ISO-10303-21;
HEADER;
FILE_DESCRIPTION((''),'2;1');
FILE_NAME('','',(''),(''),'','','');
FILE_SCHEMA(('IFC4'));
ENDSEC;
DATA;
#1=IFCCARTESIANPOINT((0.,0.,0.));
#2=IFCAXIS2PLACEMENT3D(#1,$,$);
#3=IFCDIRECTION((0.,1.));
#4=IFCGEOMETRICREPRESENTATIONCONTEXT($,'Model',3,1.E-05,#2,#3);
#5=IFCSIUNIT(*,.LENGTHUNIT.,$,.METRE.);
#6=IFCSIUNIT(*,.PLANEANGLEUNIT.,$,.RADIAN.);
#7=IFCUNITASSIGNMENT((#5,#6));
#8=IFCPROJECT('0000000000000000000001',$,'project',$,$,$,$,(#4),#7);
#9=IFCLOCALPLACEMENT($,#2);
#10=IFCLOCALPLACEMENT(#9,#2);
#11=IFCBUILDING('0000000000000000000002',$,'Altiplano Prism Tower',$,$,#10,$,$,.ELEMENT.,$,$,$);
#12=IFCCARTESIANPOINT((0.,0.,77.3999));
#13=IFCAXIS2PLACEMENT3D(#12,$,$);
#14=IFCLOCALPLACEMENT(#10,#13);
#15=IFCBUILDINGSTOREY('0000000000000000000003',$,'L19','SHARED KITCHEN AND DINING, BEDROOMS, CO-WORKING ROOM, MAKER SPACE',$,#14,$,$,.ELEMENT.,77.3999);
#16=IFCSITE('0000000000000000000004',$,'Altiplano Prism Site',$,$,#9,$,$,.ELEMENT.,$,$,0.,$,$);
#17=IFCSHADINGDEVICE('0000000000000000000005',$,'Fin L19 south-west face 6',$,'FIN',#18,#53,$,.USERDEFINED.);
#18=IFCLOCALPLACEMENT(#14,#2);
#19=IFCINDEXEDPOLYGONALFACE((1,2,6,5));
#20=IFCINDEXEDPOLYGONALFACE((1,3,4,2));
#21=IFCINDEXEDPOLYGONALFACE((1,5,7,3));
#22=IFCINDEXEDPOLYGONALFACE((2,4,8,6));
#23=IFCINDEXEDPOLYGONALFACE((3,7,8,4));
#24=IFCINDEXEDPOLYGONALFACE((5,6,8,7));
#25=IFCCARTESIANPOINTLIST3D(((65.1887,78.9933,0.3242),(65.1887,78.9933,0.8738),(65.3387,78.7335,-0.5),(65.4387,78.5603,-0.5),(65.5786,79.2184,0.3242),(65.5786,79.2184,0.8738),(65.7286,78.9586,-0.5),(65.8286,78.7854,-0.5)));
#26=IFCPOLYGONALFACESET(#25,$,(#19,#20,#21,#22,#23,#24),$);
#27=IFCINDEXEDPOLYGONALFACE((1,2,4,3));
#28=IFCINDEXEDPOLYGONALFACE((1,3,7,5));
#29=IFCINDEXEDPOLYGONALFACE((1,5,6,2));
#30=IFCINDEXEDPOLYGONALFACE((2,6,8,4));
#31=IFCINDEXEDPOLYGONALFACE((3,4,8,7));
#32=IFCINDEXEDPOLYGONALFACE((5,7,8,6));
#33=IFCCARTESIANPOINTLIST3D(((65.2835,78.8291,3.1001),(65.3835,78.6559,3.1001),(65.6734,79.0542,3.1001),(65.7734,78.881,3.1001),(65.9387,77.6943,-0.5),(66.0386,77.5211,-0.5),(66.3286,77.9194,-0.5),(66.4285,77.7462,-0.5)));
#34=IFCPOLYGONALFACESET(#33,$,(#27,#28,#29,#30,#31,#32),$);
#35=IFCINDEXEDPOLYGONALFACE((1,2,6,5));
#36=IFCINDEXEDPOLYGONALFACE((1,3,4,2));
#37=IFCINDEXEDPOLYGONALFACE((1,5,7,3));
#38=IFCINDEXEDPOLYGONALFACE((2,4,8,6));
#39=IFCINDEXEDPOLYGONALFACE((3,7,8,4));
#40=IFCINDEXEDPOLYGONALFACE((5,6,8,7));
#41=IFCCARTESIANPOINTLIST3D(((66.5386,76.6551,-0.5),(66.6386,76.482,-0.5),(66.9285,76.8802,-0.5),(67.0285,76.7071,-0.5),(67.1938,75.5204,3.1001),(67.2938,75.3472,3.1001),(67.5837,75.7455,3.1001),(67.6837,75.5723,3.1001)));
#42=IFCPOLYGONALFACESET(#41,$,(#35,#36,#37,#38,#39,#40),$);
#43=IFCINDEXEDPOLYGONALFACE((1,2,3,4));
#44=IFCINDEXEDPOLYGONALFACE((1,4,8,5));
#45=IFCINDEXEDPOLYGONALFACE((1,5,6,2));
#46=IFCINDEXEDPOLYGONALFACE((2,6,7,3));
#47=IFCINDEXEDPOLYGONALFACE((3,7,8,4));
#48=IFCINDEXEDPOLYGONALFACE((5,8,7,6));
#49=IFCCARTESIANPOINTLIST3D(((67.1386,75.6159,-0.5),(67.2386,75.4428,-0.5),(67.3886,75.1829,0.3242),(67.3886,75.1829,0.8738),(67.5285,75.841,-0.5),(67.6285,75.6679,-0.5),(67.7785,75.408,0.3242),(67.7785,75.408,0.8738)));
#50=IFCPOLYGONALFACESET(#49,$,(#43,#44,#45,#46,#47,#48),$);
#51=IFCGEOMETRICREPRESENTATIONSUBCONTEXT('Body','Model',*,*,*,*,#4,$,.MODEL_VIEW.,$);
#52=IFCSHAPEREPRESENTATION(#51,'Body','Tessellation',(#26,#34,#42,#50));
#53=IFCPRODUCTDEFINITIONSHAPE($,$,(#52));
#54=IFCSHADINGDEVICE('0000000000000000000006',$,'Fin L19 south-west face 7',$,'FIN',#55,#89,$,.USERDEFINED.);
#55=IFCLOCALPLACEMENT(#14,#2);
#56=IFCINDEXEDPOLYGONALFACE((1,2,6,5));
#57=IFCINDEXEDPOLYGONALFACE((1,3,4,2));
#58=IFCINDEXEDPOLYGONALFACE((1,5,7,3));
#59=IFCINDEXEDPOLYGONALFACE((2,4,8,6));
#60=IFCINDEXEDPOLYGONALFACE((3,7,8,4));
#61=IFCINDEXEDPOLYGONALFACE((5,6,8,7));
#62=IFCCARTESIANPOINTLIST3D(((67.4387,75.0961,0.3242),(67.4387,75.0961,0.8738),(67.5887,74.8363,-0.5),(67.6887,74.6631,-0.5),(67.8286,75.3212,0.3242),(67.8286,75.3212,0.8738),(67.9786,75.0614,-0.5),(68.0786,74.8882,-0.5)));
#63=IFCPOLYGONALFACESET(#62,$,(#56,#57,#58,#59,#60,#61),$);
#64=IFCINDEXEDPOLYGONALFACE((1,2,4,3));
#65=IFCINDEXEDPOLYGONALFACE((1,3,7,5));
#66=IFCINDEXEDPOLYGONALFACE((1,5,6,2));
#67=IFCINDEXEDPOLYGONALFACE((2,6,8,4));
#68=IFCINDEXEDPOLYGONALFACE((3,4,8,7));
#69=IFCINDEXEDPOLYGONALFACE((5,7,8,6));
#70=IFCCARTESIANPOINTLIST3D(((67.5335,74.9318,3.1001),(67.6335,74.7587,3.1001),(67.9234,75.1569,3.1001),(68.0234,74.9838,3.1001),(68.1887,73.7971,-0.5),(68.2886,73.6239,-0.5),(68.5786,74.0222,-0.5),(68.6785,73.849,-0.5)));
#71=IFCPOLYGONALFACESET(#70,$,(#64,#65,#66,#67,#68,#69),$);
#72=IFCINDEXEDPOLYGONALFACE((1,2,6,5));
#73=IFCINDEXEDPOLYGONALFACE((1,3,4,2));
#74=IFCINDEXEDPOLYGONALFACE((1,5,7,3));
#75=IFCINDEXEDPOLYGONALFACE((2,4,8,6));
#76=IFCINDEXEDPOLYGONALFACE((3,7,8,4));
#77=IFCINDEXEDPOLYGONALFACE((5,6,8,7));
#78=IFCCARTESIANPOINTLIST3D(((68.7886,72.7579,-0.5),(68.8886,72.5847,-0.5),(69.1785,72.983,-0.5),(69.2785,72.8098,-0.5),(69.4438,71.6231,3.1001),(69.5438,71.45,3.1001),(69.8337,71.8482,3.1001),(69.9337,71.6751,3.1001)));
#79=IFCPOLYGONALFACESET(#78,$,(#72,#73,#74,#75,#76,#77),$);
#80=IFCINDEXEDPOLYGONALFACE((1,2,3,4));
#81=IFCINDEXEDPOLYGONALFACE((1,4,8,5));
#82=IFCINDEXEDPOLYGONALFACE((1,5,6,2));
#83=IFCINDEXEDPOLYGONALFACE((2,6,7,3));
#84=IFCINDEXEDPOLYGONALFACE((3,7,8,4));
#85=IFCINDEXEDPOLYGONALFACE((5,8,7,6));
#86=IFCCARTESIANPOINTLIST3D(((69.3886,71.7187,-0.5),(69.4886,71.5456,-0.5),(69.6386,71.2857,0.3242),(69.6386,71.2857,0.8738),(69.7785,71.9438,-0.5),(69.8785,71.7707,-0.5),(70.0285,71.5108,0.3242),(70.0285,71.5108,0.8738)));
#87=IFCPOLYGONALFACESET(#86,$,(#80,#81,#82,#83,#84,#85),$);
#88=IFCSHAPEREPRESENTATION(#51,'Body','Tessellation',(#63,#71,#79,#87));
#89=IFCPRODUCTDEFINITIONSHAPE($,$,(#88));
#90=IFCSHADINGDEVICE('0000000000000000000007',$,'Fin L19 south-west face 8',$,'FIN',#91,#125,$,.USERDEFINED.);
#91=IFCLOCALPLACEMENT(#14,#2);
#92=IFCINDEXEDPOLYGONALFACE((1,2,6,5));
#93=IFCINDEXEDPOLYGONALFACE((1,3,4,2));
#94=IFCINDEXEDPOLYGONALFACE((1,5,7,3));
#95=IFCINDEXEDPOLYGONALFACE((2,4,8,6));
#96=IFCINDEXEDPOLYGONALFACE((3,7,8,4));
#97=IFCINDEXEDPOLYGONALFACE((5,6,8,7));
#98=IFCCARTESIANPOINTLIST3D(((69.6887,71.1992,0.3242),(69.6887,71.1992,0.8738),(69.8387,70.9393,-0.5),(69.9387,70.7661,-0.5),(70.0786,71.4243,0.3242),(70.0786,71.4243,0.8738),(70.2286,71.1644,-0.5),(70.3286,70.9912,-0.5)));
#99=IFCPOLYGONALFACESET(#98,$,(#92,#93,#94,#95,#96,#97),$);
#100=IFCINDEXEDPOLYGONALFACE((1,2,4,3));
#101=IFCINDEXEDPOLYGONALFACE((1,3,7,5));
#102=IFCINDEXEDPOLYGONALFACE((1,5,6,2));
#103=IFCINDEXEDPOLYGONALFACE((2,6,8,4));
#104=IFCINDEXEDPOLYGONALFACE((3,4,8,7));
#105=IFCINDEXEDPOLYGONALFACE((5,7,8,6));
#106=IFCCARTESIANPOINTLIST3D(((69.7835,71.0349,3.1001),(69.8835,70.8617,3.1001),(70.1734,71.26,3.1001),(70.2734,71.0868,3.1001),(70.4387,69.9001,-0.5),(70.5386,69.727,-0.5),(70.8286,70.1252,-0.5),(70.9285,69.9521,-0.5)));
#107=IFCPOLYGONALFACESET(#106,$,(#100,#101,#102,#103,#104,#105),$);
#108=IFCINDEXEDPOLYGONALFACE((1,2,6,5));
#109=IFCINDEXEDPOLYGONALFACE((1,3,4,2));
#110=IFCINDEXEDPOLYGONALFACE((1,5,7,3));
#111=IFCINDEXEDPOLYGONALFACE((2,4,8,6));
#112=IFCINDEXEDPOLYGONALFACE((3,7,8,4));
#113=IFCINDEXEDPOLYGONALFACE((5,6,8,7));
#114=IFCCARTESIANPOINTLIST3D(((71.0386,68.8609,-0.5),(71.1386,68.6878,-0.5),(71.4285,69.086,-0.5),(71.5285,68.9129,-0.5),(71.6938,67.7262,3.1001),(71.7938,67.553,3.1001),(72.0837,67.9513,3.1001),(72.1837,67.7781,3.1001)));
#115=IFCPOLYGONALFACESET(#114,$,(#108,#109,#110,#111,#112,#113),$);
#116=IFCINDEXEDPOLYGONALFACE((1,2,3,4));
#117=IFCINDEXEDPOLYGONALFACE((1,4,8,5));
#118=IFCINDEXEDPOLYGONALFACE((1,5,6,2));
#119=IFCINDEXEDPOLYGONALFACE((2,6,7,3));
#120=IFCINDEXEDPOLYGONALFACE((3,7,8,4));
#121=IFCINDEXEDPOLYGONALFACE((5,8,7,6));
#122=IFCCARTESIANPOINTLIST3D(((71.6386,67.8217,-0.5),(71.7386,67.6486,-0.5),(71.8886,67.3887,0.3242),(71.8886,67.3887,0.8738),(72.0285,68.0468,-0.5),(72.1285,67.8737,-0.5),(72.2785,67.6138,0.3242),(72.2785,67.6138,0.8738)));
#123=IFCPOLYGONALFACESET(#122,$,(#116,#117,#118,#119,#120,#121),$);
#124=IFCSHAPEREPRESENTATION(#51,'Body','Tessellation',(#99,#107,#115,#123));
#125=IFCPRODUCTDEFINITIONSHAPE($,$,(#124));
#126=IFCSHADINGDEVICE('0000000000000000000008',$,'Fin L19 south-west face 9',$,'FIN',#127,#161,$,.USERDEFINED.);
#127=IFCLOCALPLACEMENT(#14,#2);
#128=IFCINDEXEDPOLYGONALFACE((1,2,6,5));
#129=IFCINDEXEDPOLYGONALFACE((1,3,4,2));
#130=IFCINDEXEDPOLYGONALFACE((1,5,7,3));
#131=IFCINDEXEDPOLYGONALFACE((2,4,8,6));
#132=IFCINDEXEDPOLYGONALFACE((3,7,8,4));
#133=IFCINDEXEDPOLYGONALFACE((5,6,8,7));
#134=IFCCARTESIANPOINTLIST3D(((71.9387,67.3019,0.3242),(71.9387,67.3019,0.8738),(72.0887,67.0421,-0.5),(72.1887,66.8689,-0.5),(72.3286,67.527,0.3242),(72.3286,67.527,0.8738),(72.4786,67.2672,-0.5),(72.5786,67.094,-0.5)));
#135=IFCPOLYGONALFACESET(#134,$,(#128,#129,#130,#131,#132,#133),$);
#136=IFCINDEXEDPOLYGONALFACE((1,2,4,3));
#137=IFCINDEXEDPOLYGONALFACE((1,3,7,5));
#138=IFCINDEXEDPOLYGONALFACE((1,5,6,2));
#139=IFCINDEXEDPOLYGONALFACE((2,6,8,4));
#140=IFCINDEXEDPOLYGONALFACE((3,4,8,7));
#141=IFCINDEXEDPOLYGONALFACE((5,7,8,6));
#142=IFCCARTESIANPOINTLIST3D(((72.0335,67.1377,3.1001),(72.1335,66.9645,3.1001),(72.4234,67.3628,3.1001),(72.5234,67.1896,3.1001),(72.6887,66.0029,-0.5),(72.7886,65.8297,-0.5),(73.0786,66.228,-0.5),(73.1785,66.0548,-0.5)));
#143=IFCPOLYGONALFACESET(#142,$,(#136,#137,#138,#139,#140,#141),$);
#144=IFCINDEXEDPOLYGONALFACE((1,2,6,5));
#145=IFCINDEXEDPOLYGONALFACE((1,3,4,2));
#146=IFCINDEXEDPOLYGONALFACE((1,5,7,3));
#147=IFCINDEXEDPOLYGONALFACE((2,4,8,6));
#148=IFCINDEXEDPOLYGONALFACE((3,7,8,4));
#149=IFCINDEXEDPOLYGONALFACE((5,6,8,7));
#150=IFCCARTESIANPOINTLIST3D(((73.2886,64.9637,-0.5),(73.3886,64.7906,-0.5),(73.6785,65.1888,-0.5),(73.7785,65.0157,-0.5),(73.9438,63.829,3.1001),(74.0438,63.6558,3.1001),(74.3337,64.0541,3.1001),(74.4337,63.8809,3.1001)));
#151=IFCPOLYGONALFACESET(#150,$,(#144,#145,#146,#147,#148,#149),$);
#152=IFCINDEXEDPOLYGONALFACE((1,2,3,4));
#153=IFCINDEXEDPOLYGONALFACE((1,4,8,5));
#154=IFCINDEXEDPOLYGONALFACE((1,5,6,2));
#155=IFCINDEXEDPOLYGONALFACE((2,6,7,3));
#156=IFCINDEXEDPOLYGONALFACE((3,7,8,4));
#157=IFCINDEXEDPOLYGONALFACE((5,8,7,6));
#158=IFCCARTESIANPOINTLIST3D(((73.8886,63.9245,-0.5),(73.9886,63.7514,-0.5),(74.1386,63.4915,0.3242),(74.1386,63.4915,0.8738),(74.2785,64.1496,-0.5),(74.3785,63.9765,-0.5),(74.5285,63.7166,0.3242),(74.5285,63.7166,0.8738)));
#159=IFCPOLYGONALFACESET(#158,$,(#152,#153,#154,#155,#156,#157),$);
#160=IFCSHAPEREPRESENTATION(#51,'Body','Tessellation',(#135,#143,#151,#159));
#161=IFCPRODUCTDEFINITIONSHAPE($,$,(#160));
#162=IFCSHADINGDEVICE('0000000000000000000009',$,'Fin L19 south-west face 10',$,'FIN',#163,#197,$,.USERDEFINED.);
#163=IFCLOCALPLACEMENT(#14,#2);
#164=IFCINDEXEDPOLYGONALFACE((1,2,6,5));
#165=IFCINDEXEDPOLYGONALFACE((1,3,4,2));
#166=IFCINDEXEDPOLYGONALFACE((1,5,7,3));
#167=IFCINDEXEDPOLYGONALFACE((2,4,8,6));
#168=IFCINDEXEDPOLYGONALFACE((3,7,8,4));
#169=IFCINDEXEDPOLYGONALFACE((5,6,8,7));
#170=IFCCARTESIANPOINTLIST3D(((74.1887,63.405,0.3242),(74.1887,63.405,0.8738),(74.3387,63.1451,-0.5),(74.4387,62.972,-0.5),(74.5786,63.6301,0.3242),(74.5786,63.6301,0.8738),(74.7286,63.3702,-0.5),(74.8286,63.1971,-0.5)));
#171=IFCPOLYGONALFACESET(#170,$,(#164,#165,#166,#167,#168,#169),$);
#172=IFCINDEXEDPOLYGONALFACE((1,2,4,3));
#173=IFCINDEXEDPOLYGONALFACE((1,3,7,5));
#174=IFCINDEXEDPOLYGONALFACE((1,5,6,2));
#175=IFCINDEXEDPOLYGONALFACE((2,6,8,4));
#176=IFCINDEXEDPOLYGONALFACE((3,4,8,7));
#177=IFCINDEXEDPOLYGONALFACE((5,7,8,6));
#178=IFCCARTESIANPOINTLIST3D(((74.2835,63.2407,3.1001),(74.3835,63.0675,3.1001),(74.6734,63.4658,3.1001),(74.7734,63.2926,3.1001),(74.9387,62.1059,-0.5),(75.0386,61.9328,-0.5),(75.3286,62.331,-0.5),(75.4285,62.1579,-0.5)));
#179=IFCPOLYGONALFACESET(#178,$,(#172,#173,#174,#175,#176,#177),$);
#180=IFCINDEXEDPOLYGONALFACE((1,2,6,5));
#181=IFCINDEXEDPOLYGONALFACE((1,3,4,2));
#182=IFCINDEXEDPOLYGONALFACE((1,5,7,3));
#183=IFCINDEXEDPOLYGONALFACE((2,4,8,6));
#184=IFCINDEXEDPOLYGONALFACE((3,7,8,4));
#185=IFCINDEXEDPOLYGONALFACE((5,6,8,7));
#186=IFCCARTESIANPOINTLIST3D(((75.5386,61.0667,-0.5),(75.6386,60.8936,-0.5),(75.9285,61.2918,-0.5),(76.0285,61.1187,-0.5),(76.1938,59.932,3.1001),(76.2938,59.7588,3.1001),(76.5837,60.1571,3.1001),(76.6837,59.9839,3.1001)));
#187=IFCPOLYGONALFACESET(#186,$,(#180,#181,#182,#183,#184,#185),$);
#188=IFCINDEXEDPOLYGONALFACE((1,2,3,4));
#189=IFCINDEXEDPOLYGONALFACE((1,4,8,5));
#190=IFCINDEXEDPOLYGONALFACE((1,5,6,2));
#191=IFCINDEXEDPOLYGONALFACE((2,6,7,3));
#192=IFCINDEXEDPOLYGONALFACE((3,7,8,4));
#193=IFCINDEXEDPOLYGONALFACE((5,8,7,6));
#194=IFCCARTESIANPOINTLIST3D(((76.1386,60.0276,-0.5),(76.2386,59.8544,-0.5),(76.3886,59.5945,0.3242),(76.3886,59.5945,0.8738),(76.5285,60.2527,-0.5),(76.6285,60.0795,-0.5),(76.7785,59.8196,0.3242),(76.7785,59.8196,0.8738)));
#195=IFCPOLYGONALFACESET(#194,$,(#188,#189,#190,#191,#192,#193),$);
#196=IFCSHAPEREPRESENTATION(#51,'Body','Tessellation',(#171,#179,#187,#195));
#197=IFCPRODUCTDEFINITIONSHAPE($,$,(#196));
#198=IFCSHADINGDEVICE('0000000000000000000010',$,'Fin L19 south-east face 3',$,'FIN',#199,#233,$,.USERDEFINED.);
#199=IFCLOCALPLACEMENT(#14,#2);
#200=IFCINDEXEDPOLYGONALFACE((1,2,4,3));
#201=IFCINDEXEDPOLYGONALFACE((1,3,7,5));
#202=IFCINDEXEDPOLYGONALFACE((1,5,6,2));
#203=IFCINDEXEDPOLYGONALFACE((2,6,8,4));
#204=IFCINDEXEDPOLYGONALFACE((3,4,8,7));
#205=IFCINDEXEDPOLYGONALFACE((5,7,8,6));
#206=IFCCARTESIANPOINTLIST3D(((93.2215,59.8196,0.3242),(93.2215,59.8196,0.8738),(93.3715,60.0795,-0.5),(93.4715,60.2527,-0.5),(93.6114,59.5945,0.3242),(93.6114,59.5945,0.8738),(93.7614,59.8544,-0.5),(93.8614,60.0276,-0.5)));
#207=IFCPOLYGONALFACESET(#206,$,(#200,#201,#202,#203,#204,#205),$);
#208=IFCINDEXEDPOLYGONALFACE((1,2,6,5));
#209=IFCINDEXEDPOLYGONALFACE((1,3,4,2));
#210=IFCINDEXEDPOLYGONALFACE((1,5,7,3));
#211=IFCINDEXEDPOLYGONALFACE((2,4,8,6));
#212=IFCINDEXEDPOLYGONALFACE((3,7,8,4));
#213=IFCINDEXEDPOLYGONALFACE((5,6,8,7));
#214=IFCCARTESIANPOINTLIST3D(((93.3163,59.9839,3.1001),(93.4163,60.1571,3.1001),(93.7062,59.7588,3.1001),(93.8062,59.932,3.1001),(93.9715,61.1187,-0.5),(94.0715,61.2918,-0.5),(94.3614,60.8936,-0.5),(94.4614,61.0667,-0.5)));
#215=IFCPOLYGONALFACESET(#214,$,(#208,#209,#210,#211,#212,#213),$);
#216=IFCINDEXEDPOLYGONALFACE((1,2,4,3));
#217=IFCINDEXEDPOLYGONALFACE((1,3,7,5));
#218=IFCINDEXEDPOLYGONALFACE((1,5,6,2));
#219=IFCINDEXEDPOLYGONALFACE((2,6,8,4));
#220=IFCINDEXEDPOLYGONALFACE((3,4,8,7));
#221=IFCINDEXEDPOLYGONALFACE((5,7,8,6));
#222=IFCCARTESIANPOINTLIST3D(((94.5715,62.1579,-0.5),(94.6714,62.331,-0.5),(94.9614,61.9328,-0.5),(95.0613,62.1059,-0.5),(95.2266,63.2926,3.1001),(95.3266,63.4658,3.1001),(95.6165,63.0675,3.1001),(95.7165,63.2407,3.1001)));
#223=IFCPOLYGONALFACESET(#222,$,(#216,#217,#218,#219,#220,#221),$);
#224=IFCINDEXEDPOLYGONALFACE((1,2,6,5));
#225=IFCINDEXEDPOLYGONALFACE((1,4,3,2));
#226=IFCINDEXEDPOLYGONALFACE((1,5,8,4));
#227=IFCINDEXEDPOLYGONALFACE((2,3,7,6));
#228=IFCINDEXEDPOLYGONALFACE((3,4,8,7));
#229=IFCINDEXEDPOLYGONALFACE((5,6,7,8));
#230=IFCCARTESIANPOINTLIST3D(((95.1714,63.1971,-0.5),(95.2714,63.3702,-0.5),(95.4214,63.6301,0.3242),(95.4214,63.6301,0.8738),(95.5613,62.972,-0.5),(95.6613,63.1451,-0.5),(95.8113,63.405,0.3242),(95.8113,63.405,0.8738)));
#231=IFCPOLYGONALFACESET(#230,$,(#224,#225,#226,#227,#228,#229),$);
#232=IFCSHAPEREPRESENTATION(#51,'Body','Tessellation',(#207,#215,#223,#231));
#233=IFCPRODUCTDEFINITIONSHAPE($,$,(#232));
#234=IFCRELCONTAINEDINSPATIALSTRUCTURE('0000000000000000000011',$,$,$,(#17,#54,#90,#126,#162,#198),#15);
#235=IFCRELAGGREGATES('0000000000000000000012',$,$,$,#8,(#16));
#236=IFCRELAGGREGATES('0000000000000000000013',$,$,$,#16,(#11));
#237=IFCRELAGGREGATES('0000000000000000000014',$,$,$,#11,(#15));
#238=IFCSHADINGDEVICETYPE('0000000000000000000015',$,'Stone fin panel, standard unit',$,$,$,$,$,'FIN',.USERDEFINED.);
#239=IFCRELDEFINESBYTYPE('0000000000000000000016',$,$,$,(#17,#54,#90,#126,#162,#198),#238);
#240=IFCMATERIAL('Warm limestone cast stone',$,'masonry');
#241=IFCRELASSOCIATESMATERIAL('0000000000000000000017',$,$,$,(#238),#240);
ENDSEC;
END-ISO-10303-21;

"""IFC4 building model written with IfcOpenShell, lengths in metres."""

from ifc_helpers import new_model, si_unit, direction, frame, origin, place, context, subcontext, project, spatial, polyline, outline, extrude, source, transform, mapped, material, type_object, element, save


model = new_model("IFC4")

# Units and contexts
model_context = context("Model", 3, precision=1e-05, world=origin(), true_north=direction((0.0, 1.0)))
body_context = subcontext(model_context, "Body", "Model", "MODEL_VIEW")
ifc_project = project(units=[si_unit("LENGTHUNIT", "METRE"), si_unit("PLANEANGLEUNIT", "RADIAN")], contexts=[model_context])

# Site, building, storey
site_placement = place(None, origin())
site = spatial("IfcSite", under=ifc_project, at=site_placement, Name="Altiplano Prism Site", CompositionType="ELEMENT", RefElevation=0.0)
building_placement = place(site_placement, origin())
building = spatial("IfcBuilding", under=site, at=building_placement, Name="Altiplano Prism Tower", CompositionType="ELEMENT")
storey_placement = place(building_placement, frame((0.0, 0.0, 77.3999)))
storey = spatial("IfcBuildingStorey", under=building, at=storey_placement, Name="L19", Description="SHARED KITCHEN AND DINING, BEDROOMS, CO-WORKING ROOM, MAKER SPACE", CompositionType="ELEMENT", Elevation=77.3999)

# Shading devices
ifc_material_1 = material(Name="Warm limestone cast stone", Category="masonry")
shading_device_type_1 = type_object("IfcShadingDeviceType", Name="Stone fin panel, standard unit", ElementType="FIN", PredefinedType="USERDEFINED", material=ifc_material_1)
shared_shape_1 = source(origin(), body_context, "Body", "SweptSolid", [
    extrude(outline(polyline([(-2.2, 1.3738), (-2.2, 0.8242), (-1.8999, 0.0), (-1.7, 0.0), (-2.2, 1.3738)])), frame((0.0, -0.1499, 0.0), z_axis=(0.0, -1.0, 0.0), x_axis=(1.0, 0.0, 0.0)), (0.0, 0.0, 1.0), 0.4502),
    extrude(outline(polyline([(-2.0103, 3.6001), (-0.7, 0.0), (-0.5, 0.0), (-1.8103, 3.6001), (-2.0103, 3.6001)])), frame((0.0, -0.1499, 0.0), z_axis=(0.0, -1.0, 0.0), x_axis=(1.0, 0.0, 0.0)), (0.0, 0.0, 1.0), 0.4502),
    extrude(outline(polyline([(1.8103, 3.6001), (0.5, 0.0), (0.7, 0.0), (2.0103, 3.6001), (1.8103, 3.6001)])), frame((0.0, -0.1499, 0.0), z_axis=(0.0, -1.0, 0.0), x_axis=(1.0, 0.0, 0.0)), (0.0, 0.0, 1.0), 0.4502),
    extrude(outline(polyline([(2.2, 0.8242), (2.2, 1.3738), (1.7, 0.0), (1.8999, 0.0), (2.2, 0.8242)])), frame((0.0, -0.1499, 0.0), z_axis=(0.0, -1.0, 0.0), x_axis=(1.0, 0.0, 0.0)), (0.0, 0.0, 1.0), 0.4502),
])
shading_device_1_placement = place(storey_placement, origin())
element("IfcShadingDevice", 1, at=shading_device_1_placement, inside=storey, type_object=shading_device_type_1, Name="Fin L19 south-west face 6", ObjectType="FIN", PredefinedType="USERDEFINED", context=body_context, shape_type="MappedRepresentation", body=[
    mapped(shared_shape_1, transform((66.8083, 77.3882, -0.5), x_axis=(0.5, -0.866025, 0.0), y_axis=(0.866025, 0.5, 0.0), z_axis=(0.0, 0.0, 1.0))),
])
shading_device_2_placement = place(storey_placement, origin())
element("IfcShadingDevice", 2, at=shading_device_2_placement, inside=storey, type_object=shading_device_type_1, Name="Fin L19 south-west face 7", ObjectType="FIN", PredefinedType="USERDEFINED", context=body_context, shape_type="MappedRepresentation", body=[
    mapped(shared_shape_1, transform((69.0583, 73.491, -0.5), x_axis=(0.5, -0.866025, 0.0), y_axis=(0.866025, 0.5, 0.0), z_axis=(0.0, 0.0, 1.0))),
])
shading_device_3_placement = place(storey_placement, origin())
element("IfcShadingDevice", 3, at=shading_device_3_placement, inside=storey, type_object=shading_device_type_1, Name="Fin L19 south-west face 8", ObjectType="FIN", PredefinedType="USERDEFINED", context=body_context, shape_type="MappedRepresentation", body=[
    mapped(shared_shape_1, transform((71.3083, 69.594, -0.5), x_axis=(0.5, -0.866025, 0.0), y_axis=(0.866025, 0.5, 0.0), z_axis=(0.0, 0.0, 1.0))),
])
shading_device_4_placement = place(storey_placement, origin())
element("IfcShadingDevice", 4, at=shading_device_4_placement, inside=storey, type_object=shading_device_type_1, Name="Fin L19 south-west face 9", ObjectType="FIN", PredefinedType="USERDEFINED", context=body_context, shape_type="MappedRepresentation", body=[
    mapped(shared_shape_1, transform((73.5583, 65.6968, -0.5), x_axis=(0.5, -0.866025, 0.0), y_axis=(0.866025, 0.5, 0.0), z_axis=(0.0, 0.0, 1.0))),
])
shading_device_5_placement = place(storey_placement, origin())
element("IfcShadingDevice", 5, at=shading_device_5_placement, inside=storey, type_object=shading_device_type_1, Name="Fin L19 south-west face 10", ObjectType="FIN", PredefinedType="USERDEFINED", context=body_context, shape_type="MappedRepresentation", body=[
    mapped(shared_shape_1, transform((75.8083, 61.7998, -0.5), x_axis=(0.5, -0.866025, 0.0), y_axis=(0.866025, 0.5, 0.0), z_axis=(0.0, 0.0, 1.0))),
])
shading_device_6_placement = place(storey_placement, origin())
element("IfcShadingDevice", 6, at=shading_device_6_placement, inside=storey, type_object=shading_device_type_1, Name="Fin L19 south-east face 3", ObjectType="FIN", PredefinedType="USERDEFINED", context=body_context, shape_type="MappedRepresentation", body=[
    mapped(shared_shape_1, transform((94.1917, 61.7998, -0.5), x_axis=(0.5, 0.866025, 0.0), y_axis=(-0.866025, 0.5, 0.0), z_axis=(0.0, 0.0, 1.0))),
])

save(model, "model.ifc")
